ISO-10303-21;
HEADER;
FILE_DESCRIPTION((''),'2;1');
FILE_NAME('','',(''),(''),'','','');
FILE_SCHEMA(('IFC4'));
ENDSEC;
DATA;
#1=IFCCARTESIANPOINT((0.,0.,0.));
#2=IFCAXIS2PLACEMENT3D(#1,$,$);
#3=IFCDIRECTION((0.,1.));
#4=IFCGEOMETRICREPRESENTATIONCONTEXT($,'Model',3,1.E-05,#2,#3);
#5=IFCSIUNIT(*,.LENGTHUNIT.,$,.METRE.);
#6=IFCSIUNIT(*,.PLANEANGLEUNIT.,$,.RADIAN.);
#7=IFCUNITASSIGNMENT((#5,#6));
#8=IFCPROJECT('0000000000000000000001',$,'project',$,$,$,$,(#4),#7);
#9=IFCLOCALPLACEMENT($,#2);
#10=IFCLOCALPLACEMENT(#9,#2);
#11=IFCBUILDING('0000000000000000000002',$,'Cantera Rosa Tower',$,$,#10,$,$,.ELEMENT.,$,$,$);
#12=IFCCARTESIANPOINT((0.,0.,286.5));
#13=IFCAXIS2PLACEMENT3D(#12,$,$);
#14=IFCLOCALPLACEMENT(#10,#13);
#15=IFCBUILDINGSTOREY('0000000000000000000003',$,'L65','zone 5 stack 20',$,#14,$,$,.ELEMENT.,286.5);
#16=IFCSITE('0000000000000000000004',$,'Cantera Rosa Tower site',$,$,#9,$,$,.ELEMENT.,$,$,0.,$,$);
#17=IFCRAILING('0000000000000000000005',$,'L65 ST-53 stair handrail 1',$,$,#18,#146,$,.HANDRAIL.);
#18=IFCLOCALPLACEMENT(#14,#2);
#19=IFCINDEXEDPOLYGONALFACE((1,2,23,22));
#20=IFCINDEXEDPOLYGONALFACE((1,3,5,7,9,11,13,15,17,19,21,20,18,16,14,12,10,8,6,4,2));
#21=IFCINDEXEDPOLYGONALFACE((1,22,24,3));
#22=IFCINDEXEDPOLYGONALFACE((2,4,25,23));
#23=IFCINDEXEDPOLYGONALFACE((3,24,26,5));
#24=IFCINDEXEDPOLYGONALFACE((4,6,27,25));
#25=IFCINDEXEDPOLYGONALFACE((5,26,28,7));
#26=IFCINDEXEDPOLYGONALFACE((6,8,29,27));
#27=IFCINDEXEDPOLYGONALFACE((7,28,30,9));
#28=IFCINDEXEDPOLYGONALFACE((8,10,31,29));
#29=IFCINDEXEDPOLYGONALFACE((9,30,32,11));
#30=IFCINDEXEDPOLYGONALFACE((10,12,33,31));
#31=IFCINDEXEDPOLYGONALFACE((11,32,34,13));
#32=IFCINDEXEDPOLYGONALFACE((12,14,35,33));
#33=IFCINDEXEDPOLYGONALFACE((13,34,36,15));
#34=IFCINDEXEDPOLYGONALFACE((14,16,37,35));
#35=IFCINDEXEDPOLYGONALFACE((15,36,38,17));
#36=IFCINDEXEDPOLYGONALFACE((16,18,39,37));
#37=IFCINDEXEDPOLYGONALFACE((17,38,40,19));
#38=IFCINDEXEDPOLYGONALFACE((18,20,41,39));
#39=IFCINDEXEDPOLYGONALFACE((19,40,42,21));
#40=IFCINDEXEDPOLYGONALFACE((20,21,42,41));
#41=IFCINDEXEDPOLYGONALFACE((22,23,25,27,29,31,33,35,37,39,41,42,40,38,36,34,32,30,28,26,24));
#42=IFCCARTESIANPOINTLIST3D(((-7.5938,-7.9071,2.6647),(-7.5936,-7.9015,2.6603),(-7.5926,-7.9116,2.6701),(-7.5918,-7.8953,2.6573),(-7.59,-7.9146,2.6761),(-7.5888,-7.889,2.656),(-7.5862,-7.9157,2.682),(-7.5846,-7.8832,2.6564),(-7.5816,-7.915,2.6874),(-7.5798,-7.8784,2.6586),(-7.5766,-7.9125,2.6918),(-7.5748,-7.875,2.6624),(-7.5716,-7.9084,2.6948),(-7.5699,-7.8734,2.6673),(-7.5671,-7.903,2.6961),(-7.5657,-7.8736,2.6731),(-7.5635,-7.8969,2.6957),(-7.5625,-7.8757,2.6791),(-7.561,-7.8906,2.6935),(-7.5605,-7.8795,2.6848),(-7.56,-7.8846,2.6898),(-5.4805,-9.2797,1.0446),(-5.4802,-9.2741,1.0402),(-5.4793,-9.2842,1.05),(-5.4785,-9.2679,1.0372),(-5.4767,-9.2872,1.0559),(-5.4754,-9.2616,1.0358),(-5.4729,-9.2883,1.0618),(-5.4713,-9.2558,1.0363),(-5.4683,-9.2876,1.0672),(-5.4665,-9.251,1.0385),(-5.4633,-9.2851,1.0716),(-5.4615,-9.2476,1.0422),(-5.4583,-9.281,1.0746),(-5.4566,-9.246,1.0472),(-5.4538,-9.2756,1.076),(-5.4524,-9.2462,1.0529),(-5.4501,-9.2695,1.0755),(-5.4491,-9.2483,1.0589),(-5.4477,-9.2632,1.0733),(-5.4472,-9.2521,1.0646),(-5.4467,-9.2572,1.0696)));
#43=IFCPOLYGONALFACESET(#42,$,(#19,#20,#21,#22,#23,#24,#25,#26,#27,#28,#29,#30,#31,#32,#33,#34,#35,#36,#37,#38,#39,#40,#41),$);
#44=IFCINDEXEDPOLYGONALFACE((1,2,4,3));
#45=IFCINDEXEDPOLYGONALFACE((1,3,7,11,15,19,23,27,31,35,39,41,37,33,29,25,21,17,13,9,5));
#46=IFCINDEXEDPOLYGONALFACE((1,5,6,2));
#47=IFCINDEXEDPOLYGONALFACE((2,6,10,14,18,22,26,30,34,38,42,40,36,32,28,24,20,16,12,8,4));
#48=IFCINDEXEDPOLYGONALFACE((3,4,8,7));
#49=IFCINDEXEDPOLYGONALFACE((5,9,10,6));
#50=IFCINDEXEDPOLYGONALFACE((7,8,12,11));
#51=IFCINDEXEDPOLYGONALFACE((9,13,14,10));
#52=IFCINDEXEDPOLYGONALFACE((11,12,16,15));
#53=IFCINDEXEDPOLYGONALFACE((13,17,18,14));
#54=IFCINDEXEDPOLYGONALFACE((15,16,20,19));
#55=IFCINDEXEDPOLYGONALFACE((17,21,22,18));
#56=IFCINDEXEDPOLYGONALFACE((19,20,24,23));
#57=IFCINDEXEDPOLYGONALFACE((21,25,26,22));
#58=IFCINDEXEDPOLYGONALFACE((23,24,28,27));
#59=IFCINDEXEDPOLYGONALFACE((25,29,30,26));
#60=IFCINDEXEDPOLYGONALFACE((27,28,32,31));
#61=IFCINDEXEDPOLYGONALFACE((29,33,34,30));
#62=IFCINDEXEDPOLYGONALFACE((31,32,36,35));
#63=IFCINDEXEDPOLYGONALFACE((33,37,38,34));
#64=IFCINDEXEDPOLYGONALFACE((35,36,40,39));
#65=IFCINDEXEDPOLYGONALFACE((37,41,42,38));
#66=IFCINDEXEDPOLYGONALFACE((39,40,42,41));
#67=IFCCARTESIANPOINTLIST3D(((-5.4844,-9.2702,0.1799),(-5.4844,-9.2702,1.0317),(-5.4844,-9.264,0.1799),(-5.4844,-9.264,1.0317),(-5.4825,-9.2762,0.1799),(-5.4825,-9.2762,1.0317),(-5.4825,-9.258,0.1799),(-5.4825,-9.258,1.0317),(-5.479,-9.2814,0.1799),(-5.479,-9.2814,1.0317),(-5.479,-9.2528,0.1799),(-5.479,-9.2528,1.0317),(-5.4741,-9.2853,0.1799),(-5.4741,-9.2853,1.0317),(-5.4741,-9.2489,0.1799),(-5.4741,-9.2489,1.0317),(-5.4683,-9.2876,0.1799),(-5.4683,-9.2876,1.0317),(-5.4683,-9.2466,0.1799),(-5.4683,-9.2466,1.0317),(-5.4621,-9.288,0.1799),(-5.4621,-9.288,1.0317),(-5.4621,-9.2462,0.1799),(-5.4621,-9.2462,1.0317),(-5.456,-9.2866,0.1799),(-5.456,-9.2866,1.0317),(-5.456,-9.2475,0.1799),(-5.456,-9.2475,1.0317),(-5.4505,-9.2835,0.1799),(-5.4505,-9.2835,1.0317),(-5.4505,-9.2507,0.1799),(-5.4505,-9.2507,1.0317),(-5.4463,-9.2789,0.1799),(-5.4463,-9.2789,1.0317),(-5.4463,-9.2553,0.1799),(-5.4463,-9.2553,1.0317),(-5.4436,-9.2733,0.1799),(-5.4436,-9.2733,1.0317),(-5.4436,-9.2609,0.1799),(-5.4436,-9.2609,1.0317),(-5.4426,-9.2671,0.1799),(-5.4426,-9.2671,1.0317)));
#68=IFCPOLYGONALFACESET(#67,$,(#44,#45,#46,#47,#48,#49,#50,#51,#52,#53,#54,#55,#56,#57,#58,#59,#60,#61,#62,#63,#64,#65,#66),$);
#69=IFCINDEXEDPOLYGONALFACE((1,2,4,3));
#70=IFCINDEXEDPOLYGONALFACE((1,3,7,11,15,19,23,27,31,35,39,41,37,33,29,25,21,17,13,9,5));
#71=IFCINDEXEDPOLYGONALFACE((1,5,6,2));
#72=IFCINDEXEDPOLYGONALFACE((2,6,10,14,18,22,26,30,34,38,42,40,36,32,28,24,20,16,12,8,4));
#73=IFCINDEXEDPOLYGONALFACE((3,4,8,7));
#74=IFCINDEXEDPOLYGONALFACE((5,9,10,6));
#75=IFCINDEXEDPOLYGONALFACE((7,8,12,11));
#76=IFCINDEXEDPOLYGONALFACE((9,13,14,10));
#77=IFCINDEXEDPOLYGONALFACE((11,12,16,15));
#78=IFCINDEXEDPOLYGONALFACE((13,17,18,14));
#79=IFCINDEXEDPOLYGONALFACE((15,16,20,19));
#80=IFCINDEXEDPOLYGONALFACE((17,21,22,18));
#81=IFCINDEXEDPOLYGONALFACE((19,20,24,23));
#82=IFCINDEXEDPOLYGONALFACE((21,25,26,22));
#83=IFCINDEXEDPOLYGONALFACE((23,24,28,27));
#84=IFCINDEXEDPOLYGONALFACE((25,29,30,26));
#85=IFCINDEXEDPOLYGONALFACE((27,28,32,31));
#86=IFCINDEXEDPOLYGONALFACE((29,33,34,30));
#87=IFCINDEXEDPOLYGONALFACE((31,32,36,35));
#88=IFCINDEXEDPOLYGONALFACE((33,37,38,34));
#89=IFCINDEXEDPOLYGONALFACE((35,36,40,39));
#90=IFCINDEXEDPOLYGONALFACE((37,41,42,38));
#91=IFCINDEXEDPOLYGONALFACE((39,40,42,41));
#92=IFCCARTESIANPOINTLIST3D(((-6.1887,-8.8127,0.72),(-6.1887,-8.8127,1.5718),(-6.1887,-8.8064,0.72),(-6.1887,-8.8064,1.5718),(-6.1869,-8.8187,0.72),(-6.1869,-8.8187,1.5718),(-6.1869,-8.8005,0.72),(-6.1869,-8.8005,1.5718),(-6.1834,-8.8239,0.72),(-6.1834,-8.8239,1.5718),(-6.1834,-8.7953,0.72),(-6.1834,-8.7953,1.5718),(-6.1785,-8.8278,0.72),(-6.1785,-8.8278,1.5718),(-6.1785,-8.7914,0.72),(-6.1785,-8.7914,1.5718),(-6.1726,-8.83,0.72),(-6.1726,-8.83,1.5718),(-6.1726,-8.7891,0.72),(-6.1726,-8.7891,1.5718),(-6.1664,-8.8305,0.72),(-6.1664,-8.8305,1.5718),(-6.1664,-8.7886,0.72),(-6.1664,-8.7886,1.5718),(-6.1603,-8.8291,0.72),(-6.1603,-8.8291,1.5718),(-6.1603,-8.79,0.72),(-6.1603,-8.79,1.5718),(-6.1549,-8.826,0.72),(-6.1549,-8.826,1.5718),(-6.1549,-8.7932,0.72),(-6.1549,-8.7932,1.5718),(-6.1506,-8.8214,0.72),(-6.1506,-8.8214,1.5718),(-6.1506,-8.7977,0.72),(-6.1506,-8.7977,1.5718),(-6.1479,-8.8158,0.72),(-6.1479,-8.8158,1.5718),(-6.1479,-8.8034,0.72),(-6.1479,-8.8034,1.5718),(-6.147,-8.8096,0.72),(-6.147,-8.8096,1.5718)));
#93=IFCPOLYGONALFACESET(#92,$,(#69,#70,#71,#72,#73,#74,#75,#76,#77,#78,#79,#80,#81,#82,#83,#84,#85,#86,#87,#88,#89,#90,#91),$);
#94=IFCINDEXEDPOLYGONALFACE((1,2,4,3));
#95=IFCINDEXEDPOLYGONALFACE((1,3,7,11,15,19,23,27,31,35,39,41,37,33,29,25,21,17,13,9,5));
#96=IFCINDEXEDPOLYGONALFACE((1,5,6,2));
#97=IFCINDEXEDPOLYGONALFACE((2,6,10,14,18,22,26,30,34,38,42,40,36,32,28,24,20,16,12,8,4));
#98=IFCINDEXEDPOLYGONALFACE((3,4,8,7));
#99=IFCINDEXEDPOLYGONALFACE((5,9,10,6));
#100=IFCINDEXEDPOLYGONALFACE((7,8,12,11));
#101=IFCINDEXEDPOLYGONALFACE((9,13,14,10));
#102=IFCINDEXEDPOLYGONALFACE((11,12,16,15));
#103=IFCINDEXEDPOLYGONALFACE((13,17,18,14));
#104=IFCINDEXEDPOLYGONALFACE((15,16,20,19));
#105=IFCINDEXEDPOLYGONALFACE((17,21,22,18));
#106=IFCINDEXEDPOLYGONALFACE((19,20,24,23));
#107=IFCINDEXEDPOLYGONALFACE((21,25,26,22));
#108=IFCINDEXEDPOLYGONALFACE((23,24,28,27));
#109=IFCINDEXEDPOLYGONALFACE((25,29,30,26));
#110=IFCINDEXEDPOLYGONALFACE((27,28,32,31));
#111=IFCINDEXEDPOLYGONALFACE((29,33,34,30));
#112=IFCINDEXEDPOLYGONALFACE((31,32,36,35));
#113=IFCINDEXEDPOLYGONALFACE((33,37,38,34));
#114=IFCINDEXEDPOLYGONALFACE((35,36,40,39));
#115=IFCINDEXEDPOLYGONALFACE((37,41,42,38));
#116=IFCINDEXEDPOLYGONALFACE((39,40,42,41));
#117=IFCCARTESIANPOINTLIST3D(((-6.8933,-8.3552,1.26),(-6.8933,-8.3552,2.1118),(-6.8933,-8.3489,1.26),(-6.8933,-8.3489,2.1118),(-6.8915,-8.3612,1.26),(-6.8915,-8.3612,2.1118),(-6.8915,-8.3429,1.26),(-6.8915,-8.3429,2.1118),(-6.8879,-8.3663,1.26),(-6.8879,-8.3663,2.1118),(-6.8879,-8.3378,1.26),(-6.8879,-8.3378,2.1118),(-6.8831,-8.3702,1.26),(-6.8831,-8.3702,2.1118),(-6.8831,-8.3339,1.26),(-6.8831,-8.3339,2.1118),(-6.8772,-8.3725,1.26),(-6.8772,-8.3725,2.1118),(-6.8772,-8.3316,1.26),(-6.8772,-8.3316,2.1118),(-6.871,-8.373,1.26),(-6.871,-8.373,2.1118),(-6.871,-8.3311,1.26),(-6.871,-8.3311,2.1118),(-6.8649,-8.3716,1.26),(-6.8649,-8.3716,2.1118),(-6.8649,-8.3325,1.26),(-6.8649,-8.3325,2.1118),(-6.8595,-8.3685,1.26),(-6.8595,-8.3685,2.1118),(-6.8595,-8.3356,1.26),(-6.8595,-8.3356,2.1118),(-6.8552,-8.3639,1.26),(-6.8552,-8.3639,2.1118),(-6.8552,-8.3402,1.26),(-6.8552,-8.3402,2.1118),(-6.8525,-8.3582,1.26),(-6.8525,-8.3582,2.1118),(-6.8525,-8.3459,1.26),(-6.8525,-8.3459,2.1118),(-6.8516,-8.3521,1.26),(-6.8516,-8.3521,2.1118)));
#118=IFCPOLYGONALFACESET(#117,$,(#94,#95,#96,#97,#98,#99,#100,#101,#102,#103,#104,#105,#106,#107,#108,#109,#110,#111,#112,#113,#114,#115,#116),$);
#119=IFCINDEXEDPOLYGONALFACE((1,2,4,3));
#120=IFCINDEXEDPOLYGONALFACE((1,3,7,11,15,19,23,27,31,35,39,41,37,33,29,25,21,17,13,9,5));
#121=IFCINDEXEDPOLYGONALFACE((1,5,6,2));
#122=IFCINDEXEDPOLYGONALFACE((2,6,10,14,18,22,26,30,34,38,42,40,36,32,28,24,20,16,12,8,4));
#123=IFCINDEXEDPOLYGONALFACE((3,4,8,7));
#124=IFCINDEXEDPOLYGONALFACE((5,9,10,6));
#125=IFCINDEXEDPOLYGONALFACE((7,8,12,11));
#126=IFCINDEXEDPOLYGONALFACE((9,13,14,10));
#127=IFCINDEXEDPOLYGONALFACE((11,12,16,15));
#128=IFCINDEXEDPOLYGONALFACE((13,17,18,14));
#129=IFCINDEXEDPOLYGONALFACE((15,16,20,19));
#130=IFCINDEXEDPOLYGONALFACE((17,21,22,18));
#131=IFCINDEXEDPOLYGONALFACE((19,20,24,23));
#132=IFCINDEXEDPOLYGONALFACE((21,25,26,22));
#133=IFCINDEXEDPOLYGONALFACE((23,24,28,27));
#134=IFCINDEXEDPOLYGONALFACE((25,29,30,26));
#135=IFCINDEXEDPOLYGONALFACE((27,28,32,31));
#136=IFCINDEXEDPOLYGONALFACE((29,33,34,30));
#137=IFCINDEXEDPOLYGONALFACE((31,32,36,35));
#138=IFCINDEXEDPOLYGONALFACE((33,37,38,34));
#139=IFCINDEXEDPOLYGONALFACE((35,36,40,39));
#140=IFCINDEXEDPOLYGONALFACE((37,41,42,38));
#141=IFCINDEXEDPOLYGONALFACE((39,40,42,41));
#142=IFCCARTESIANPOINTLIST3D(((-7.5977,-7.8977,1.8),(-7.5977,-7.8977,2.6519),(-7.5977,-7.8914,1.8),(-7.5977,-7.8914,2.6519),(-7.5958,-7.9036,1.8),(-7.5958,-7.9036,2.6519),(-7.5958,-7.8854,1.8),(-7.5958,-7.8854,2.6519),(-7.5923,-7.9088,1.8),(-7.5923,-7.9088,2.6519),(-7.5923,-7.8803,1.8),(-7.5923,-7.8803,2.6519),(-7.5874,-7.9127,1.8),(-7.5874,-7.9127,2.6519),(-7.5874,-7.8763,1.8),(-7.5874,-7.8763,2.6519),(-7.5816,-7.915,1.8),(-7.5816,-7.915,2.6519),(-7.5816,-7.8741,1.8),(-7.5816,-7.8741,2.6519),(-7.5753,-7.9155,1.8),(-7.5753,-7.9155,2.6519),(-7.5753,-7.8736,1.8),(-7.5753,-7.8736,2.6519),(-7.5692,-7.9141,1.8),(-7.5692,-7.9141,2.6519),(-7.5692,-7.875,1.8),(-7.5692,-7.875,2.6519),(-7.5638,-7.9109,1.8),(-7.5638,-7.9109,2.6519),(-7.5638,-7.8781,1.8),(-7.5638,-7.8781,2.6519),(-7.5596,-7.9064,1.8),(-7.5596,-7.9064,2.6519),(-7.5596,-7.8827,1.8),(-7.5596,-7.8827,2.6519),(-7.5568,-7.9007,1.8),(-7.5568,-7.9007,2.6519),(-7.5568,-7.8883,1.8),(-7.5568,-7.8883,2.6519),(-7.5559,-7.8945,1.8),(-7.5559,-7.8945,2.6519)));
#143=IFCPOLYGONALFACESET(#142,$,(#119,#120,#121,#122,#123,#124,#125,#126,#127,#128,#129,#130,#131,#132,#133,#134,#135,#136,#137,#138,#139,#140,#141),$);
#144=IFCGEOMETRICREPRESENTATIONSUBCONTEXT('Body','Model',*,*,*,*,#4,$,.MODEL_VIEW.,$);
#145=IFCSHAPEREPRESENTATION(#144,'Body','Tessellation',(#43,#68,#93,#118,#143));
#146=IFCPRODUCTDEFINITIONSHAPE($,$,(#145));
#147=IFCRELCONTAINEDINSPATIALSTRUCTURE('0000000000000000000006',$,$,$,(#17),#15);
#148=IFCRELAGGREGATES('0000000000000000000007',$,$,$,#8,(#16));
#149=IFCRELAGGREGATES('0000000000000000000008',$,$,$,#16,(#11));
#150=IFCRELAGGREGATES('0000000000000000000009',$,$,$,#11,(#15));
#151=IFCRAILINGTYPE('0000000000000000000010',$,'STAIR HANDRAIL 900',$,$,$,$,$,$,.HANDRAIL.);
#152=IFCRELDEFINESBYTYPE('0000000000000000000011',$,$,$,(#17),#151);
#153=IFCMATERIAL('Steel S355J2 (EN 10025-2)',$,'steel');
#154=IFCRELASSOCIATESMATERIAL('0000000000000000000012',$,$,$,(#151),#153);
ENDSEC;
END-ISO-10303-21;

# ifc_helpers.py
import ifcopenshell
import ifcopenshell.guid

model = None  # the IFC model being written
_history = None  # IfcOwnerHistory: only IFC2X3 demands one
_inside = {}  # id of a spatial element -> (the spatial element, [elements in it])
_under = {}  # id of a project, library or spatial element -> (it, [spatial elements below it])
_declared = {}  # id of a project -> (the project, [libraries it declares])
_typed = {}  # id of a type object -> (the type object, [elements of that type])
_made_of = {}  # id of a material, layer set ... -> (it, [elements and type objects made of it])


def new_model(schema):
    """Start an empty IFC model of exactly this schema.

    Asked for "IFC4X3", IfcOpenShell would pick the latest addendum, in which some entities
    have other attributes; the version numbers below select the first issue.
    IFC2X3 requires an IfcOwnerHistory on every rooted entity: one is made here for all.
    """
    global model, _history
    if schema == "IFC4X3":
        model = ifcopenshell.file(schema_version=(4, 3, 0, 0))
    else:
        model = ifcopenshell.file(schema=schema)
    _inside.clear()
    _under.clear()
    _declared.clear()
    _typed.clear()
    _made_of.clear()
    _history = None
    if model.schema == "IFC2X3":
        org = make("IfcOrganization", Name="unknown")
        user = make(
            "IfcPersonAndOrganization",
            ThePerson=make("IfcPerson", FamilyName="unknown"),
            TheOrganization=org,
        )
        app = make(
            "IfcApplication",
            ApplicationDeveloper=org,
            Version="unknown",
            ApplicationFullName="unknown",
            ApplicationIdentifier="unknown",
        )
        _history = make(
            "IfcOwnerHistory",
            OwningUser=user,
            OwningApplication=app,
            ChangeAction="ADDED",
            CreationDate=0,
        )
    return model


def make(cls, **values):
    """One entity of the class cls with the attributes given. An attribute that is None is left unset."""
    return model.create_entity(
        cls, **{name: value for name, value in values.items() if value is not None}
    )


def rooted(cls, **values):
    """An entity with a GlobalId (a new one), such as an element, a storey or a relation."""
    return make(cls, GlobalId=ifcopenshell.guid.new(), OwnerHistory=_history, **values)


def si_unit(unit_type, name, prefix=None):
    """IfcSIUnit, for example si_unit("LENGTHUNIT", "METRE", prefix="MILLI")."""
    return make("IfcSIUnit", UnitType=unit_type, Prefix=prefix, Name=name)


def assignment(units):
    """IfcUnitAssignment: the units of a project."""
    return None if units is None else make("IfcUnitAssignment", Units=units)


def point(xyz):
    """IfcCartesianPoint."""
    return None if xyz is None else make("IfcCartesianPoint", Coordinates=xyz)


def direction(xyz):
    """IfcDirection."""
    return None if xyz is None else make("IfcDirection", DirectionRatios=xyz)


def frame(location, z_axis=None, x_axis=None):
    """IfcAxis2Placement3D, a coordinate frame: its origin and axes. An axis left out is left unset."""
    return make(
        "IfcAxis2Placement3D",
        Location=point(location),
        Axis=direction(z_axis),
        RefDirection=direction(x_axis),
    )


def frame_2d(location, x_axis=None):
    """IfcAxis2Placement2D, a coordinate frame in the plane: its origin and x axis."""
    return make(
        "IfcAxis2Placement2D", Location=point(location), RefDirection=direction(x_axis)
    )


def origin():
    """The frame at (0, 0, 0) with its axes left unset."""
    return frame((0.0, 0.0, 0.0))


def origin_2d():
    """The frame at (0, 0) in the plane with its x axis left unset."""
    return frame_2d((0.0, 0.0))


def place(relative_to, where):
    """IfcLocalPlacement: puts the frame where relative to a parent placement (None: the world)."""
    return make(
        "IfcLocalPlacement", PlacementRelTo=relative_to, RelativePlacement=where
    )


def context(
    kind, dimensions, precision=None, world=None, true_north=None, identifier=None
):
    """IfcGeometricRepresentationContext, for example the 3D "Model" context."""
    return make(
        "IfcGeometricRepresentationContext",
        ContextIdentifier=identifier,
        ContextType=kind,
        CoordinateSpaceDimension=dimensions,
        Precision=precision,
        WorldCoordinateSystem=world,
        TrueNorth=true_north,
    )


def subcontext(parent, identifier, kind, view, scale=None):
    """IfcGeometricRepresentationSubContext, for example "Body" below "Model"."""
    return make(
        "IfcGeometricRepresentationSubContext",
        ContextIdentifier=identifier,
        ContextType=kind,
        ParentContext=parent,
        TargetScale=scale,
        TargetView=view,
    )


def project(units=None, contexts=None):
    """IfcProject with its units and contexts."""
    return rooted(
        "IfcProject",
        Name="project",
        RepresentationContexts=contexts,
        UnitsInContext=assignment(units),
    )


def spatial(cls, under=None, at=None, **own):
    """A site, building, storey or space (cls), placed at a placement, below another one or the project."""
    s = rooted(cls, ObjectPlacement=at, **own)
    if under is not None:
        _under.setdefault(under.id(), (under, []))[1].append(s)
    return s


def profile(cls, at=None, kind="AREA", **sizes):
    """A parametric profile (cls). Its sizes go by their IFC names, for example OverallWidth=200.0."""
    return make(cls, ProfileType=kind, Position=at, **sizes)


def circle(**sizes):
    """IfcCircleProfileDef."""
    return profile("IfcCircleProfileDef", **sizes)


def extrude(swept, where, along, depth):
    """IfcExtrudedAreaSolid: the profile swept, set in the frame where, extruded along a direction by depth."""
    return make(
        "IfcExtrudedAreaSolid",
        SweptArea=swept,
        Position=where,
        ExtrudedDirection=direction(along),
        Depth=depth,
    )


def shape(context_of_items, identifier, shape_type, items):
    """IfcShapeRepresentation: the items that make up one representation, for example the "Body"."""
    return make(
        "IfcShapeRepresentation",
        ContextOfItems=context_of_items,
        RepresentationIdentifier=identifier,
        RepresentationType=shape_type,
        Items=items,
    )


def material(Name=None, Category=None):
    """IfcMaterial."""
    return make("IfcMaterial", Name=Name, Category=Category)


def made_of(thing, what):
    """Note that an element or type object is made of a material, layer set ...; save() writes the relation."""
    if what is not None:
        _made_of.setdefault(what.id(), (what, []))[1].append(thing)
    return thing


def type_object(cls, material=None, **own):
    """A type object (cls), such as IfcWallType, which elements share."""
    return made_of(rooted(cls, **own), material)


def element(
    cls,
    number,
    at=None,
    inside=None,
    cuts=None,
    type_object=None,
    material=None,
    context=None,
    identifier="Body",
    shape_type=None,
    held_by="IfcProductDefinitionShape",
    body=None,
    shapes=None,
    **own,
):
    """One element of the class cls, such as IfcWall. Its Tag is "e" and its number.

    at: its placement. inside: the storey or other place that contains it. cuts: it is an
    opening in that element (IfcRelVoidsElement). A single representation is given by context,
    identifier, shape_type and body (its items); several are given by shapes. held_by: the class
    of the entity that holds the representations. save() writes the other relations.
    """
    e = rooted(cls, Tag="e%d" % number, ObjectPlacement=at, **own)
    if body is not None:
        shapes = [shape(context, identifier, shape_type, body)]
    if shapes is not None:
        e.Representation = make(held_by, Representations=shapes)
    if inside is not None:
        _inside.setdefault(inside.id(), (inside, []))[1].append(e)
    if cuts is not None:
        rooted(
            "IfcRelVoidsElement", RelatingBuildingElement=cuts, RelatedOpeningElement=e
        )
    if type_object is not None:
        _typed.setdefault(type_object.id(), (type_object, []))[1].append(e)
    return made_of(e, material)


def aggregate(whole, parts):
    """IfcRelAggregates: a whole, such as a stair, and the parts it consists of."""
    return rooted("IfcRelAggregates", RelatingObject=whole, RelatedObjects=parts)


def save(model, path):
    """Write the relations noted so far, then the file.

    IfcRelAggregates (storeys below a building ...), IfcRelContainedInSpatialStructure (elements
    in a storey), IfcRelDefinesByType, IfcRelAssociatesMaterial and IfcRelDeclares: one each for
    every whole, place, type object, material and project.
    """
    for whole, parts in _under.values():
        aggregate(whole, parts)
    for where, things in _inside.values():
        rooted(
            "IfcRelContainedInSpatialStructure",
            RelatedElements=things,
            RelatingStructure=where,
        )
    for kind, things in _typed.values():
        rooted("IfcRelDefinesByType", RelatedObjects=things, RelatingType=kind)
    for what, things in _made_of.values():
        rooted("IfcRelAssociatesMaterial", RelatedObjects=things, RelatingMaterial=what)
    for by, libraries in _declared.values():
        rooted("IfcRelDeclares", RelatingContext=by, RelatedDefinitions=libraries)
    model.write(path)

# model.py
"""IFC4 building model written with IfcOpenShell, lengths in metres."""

from ifc_helpers import new_model, si_unit, direction, frame, origin, origin_2d, place, context, subcontext, project, spatial, circle, extrude, material, type_object, element, save


model = new_model("IFC4")

# Units and contexts
model_context = context("Model", 3, precision=1e-05, world=origin(), true_north=direction((0.0, 1.0)))
body_context = subcontext(model_context, "Body", "Model", "MODEL_VIEW")
ifc_project = project(units=[si_unit("LENGTHUNIT", "METRE"), si_unit("PLANEANGLEUNIT", "RADIAN")], contexts=[model_context])

# Site, building, storey
site_placement = place(None, origin())
site = spatial("IfcSite", under=ifc_project, at=site_placement, Name="Cantera Rosa Tower site", CompositionType="ELEMENT", RefElevation=0.0)
building_placement = place(site_placement, origin())
building = spatial("IfcBuilding", under=site, at=building_placement, Name="Cantera Rosa Tower", CompositionType="ELEMENT")
storey_placement = place(building_placement, frame((0.0, 0.0, 286.5)))
storey = spatial("IfcBuildingStorey", under=building, at=storey_placement, Name="L65", Description="zone 5 stack 20", CompositionType="ELEMENT", Elevation=286.5)

# Railing
ifc_material_1 = material(Name="Steel S355J2 (EN 10025-2)", Category="steel")
railing_type_1 = type_object("IfcRailingType", Name="STAIR HANDRAIL 900", PredefinedType="HANDRAIL", material=ifc_material_1)
railing_1_placement = place(storey_placement, frame((-5.4636, -9.2671, 0.1799)))
element("IfcRailing", 1, at=railing_1_placement, inside=storey, type_object=railing_type_1, Name="L65 ST-53 stair handrail 1", PredefinedType="HANDRAIL", context=body_context, shape_type="SweptSolid", body=[
    extrude(circle(Radius=0.0239, at=origin_2d()), frame((0.0, 0.0, 0.876), z_axis=(-0.705421, 0.458165, 0.540801), x_axis=(-0.544689, -0.838638, 0.0)), (0.0, 0.0, 1.0), 2.9958),
    extrude(circle(Radius=0.021, at=origin_2d()), origin(), (0.0, 0.0, 1.0), 0.8518),
    extrude(circle(Radius=0.021, at=origin_2d()), frame((-0.7043, 0.4575, 0.54)), (0.0, 0.0, 1.0), 0.8518),
    extrude(circle(Radius=0.021, at=origin_2d()), frame((-1.4089, 0.915, 1.0801)), (0.0, 0.0, 1.0), 0.8518),
    extrude(circle(Radius=0.021, at=origin_2d()), frame((-2.1133, 1.3726, 1.6201)), (0.0, 0.0, 1.0), 0.8518),
])

save(model, "model.ifc")
